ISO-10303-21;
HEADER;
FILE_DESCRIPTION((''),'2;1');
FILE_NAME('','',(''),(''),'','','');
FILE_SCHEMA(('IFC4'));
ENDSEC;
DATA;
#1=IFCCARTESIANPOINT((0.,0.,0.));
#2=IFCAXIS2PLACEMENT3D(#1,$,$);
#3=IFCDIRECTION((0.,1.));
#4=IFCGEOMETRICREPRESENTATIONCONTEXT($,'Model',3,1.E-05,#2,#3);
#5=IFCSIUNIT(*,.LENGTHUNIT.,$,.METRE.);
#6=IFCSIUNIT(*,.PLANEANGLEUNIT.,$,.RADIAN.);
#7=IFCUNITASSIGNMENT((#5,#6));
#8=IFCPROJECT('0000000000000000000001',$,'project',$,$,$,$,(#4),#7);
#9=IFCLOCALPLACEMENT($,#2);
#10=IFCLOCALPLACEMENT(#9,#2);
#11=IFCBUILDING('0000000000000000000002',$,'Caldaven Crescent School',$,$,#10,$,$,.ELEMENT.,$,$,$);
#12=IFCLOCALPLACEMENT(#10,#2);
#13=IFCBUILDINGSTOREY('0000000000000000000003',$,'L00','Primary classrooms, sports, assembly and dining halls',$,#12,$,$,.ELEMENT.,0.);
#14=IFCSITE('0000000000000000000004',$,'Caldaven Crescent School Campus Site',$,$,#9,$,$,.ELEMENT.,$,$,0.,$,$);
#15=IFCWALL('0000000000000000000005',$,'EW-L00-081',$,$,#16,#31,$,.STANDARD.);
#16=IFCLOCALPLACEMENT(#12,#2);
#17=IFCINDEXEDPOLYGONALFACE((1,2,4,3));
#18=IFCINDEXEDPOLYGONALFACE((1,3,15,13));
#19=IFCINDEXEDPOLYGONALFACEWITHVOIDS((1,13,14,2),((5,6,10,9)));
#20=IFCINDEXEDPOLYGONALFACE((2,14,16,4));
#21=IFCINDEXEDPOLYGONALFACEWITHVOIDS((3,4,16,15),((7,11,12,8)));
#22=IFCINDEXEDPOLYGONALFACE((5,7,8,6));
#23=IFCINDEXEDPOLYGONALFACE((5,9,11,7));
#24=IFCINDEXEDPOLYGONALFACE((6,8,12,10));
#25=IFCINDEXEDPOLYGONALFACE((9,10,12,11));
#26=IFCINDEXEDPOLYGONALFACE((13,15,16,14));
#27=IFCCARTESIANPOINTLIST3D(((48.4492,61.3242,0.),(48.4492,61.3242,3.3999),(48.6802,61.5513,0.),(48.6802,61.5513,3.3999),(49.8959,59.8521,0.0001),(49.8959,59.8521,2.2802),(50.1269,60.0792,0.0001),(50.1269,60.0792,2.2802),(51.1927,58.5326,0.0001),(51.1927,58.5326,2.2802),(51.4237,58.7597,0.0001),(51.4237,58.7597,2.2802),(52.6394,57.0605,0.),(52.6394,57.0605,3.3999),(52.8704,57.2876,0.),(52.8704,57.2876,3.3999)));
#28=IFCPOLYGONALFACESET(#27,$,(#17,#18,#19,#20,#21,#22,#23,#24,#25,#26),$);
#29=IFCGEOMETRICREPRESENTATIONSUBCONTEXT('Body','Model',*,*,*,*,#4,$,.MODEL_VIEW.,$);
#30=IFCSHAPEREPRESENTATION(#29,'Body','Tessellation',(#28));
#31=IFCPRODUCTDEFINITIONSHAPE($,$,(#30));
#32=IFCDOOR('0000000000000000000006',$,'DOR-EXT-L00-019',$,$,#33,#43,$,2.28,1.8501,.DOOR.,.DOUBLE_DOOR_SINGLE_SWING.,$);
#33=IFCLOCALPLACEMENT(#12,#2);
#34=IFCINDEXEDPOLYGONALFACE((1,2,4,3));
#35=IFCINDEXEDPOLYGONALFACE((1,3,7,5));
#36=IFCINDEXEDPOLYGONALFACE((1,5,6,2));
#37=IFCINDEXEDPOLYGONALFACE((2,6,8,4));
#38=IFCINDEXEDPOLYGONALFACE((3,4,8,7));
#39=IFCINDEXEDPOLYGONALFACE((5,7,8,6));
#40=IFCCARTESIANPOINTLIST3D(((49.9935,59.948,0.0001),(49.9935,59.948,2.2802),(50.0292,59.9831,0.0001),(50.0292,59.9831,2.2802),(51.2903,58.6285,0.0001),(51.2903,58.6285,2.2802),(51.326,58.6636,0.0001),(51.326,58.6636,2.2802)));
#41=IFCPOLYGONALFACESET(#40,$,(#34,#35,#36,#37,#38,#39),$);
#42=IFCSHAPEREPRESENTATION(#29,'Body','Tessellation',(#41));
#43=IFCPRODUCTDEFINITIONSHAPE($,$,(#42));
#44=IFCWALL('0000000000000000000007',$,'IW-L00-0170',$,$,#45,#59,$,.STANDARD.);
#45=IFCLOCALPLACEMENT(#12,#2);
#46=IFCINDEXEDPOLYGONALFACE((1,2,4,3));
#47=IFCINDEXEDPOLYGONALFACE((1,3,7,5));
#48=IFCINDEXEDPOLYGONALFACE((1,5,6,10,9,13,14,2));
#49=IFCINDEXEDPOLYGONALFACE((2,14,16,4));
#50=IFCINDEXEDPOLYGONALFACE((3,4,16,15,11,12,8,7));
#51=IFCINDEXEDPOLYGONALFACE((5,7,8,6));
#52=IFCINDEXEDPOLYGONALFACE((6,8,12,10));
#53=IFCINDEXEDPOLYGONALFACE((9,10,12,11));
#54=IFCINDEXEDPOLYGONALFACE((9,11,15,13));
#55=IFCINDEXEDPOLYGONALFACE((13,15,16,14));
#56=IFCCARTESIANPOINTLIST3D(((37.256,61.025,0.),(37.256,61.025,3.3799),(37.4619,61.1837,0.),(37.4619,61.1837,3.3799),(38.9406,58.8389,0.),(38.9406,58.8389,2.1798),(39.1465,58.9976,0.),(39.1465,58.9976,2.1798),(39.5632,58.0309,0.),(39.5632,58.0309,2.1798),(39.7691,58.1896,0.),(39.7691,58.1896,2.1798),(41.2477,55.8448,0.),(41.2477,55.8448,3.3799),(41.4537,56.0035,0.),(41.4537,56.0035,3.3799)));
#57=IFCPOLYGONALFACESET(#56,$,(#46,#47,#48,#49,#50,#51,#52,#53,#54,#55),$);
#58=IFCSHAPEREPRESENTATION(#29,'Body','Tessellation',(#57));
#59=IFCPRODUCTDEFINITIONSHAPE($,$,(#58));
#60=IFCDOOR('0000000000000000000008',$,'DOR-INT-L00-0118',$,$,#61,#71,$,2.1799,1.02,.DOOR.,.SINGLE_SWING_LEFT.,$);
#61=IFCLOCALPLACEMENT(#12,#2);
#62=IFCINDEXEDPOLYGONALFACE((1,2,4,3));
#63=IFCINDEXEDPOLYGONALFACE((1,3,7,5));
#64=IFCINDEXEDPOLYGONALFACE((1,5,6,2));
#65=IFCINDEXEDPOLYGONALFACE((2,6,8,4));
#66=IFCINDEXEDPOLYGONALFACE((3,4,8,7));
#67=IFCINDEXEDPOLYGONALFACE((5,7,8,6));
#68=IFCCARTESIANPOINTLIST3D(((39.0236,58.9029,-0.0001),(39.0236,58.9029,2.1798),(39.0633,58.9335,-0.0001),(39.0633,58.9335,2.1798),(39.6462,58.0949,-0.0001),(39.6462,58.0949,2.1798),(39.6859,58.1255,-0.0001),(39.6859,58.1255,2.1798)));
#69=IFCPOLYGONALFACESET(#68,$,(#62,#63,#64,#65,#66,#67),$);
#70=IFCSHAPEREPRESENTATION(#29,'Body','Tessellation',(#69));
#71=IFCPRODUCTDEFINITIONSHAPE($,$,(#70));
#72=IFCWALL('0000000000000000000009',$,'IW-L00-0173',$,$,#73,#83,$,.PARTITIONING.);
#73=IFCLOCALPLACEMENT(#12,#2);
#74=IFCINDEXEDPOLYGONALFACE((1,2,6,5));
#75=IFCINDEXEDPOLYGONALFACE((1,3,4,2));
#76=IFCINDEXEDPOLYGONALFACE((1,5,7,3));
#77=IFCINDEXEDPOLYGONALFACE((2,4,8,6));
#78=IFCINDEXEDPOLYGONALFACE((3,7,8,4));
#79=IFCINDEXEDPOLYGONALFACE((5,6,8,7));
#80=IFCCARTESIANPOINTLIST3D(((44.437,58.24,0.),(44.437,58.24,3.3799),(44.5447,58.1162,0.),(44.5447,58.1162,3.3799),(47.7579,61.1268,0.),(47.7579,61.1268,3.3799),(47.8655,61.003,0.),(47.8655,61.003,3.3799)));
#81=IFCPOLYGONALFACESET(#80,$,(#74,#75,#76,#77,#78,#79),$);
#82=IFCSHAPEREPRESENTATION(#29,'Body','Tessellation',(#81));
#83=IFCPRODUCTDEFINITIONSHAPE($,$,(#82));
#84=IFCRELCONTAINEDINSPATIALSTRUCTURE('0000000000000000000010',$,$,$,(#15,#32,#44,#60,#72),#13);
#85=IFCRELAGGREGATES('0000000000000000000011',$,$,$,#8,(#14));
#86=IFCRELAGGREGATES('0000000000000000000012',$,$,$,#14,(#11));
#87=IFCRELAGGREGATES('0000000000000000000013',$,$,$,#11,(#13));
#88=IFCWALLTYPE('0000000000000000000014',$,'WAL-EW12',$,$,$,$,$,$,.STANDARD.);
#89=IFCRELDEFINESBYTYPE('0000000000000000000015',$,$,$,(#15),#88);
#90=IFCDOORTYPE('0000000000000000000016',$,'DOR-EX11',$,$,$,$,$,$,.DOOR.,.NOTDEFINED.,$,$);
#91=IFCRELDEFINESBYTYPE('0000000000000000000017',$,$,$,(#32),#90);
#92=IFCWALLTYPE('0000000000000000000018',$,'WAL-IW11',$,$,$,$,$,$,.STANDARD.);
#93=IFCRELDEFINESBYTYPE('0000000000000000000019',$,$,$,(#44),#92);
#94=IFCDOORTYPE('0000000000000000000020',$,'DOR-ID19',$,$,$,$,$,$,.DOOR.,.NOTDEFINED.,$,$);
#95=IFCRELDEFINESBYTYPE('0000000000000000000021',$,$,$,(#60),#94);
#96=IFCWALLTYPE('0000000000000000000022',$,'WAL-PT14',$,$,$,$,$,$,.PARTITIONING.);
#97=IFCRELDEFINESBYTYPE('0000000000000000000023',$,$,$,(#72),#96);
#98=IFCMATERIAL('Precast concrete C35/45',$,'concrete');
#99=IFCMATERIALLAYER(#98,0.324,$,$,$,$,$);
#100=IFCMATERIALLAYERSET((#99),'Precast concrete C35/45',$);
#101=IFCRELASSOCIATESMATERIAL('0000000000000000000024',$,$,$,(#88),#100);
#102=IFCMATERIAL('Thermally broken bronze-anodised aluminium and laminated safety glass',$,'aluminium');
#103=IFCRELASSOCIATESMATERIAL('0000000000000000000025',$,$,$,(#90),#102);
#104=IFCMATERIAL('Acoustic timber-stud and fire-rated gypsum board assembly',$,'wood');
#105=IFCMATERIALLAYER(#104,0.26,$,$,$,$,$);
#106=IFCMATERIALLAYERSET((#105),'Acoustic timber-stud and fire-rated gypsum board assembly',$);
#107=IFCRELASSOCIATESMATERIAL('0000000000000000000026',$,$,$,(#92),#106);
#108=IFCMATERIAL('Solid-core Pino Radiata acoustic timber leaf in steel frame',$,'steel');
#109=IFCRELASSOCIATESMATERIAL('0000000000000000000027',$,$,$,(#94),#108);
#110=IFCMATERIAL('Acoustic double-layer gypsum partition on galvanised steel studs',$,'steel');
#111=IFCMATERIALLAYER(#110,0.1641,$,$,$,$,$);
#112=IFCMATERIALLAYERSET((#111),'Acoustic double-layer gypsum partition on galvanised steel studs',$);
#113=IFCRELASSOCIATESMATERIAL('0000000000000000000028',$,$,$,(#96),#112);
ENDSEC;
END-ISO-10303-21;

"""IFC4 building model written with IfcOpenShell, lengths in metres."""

from ifc_helpers import new_model, si_unit, direction, frame, frame_2d, origin, place, context, subcontext, project, spatial, rectangle, extrude, material, layer, layer_set, type_object, element, fill, save


model = new_model("IFC4")

# Units and contexts
model_context = context("Model", 3, precision=1e-05, world=origin(), true_north=direction((0.0, 1.0)))
body_context = subcontext(model_context, "Body", "Model", "MODEL_VIEW")
ifc_project = project(units=[si_unit("LENGTHUNIT", "METRE"), si_unit("PLANEANGLEUNIT", "RADIAN")], contexts=[model_context])

# Site, building, storey
site_placement = place(None, origin())
site = spatial("IfcSite", under=ifc_project, at=site_placement, Name="Caldaven Crescent School Campus Site", CompositionType="ELEMENT", RefElevation=0.0)
building_placement = place(site_placement, origin())
building = spatial("IfcBuilding", under=site, at=building_placement, Name="Caldaven Crescent School", CompositionType="ELEMENT")
storey_placement = place(building_placement, origin())
storey = spatial("IfcBuildingStorey", under=building, at=storey_placement, Name="L00", Description="Primary classrooms, sports, assembly and dining halls", CompositionType="ELEMENT", Elevation=0.0)

# Shared definitions
ifc_material_1 = material(Name="Precast concrete C35/45", Category="concrete")

# Walls, openings, doors
ifc_layer_1 = layer(ifc_material_1, 0.324)
ifc_layer_set_1 = layer_set([ifc_layer_1], Name="Precast concrete C35/45")
wall_type_1 = type_object("IfcWallType", Name="WAL-EW12", PredefinedType="STANDARD", material=ifc_layer_set_1)
wall_1_placement = place(storey_placement, frame((48.5647, 61.4377, 0.0), z_axis=(0.0, 0.0, 1.0), x_axis=(0.700934, -0.713226, 0.0)))
wall_1 = element("IfcWall", 1, at=wall_1_placement, inside=storey, type_object=wall_type_1, Name="EW-L00-081", PredefinedType="STANDARD", context=body_context, shape_type="SweptSolid", body=[
    extrude(rectangle(XDim=5.978, YDim=0.324, at=frame_2d((2.989, 0.0))), origin(), (0.0, 0.0, 1.0), 3.3999),
])
opening_1_placement = place(wall_1_placement, frame((2.064, 0.0, 0.0)))
opening_1 = element("IfcOpeningElement", 2, at=opening_1_placement, cuts=wall_1, PredefinedType="OPENING", context=body_context, shape_type="SweptSolid", body=[
    extrude(rectangle(XDim=1.8501, YDim=2.28, at=frame_2d((0.925, 1.1401))), frame((0.0, 0.1719, 0.0), z_axis=(0.0, -1.0, 0.0), x_axis=(1.0, 0.0, 0.0)), (0.0, 0.0, 1.0), 0.344),
])
ifc_material_2 = material(Name="Thermally broken bronze-anodised aluminium and laminated safety glass", Category="aluminium")
door_type_1 = type_object("IfcDoorType", Name="DOR-EX11", OperationType="NOTDEFINED", PredefinedType="DOOR", material=ifc_material_2)
door_1_placement = place(opening_1_placement, origin())
door_1 = element("IfcDoor", 3, at=door_1_placement, inside=storey, type_object=door_type_1, Name="DOR-EXT-L00-019", OperationType="DOUBLE_DOOR_SINGLE_SWING", OverallHeight=2.28, OverallWidth=1.8501, PredefinedType="DOOR", context=body_context, shape_type="SweptSolid", body=[
    extrude(rectangle(XDim=1.8501, YDim=2.28, at=frame_2d((0.925, 1.1401))), frame((0.0, 0.0249, 0.0), z_axis=(0.0, -1.0, 0.0), x_axis=(1.0, 0.0, 0.0)), (0.0, 0.0, 1.0), 0.05),
])
fill(opening_1, door_1)
ifc_material_3 = material(Name="Acoustic timber-stud and fire-rated gypsum board assembly", Category="wood")
ifc_material_4 = material(Name="Solid-core Pino Radiata acoustic timber leaf in steel frame", Category="steel")
ifc_layer_2 = layer(ifc_material_3, 0.26)
ifc_layer_set_2 = layer_set([ifc_layer_2], Name="Acoustic timber-stud and fire-rated gypsum board assembly")
wall_type_2 = type_object("IfcWallType", Name="WAL-IW11", PredefinedType="STANDARD", material=ifc_layer_set_2)
wall_2_placement = place(storey_placement, frame((37.3589, 61.1045, 0.0), z_axis=(0.0, 0.0, 1.0), x_axis=(0.610378, -0.79211, 0.0)))
wall_2 = element("IfcWall", 4, at=wall_2_placement, inside=storey, type_object=wall_type_2, Name="IW-L00-0170", PredefinedType="STANDARD", context=body_context, shape_type="SweptSolid", body=[
    extrude(rectangle(XDim=6.5398, YDim=0.26, at=frame_2d((3.27, 0.0))), origin(), (0.0, 0.0, 1.0), 3.3799),
])
opening_2_placement = place(wall_2_placement, frame((2.76, 0.0, 0.0)))
opening_2 = element("IfcOpeningElement", 5, at=opening_2_placement, cuts=wall_2, PredefinedType="OPENING", context=body_context, shape_type="SweptSolid", body=[
    extrude(rectangle(XDim=1.02, YDim=2.1799, at=frame_2d((0.51, 1.0898))), frame((0.0, 0.1399, 0.0), z_axis=(0.0, -1.0, 0.0), x_axis=(1.0, 0.0, 0.0)), (0.0, 0.0, 1.0), 0.28),
])
door_type_2 = type_object("IfcDoorType", Name="DOR-ID19", OperationType="NOTDEFINED", PredefinedType="DOOR", material=ifc_material_4)
door_2_placement = place(opening_2_placement, origin())
door_2 = element("IfcDoor", 6, at=door_2_placement, inside=storey, type_object=door_type_2, Name="DOR-INT-L00-0118", OperationType="SINGLE_SWING_LEFT", OverallHeight=2.1799, OverallWidth=1.02, PredefinedType="DOOR", context=body_context, shape_type="SweptSolid", body=[
    extrude(rectangle(XDim=1.02, YDim=2.1799, at=frame_2d((0.51, 1.0898))), frame((0.0, 0.0249, 0.0), z_axis=(0.0, -1.0, 0.0), x_axis=(1.0, 0.0, 0.0)), (0.0, 0.0, 1.0), 0.05),
])
fill(opening_2, door_2)

# Wall
ifc_material_5 = material(Name="Acoustic double-layer gypsum partition on galvanised steel studs", Category="steel")
ifc_layer_3 = layer(ifc_material_5, 0.1641)
ifc_layer_set_3 = layer_set([ifc_layer_3], Name="Acoustic double-layer gypsum partition on galvanised steel studs")
wall_type_3 = type_object("IfcWallType", Name="WAL-PT14", PredefinedType="PARTITIONING", material=ifc_layer_set_3)
wall_3_placement = place(storey_placement, frame((47.8118, 61.0649, 0.0), z_axis=(0.0, 0.0, 1.0), x_axis=(-0.754711, -0.656058, 0.0)))
element("IfcWall", 7, at=wall_3_placement, inside=storey, type_object=wall_type_3, Name="IW-L00-0173", PredefinedType="PARTITIONING", context=body_context, shape_type="SweptSolid", body=[
    extrude(rectangle(XDim=4.4001, YDim=0.1641, at=frame_2d((2.2002, 0.0))), origin(), (0.0, 0.0, 1.0), 3.3799),
])

save(model, "model.ifc")
